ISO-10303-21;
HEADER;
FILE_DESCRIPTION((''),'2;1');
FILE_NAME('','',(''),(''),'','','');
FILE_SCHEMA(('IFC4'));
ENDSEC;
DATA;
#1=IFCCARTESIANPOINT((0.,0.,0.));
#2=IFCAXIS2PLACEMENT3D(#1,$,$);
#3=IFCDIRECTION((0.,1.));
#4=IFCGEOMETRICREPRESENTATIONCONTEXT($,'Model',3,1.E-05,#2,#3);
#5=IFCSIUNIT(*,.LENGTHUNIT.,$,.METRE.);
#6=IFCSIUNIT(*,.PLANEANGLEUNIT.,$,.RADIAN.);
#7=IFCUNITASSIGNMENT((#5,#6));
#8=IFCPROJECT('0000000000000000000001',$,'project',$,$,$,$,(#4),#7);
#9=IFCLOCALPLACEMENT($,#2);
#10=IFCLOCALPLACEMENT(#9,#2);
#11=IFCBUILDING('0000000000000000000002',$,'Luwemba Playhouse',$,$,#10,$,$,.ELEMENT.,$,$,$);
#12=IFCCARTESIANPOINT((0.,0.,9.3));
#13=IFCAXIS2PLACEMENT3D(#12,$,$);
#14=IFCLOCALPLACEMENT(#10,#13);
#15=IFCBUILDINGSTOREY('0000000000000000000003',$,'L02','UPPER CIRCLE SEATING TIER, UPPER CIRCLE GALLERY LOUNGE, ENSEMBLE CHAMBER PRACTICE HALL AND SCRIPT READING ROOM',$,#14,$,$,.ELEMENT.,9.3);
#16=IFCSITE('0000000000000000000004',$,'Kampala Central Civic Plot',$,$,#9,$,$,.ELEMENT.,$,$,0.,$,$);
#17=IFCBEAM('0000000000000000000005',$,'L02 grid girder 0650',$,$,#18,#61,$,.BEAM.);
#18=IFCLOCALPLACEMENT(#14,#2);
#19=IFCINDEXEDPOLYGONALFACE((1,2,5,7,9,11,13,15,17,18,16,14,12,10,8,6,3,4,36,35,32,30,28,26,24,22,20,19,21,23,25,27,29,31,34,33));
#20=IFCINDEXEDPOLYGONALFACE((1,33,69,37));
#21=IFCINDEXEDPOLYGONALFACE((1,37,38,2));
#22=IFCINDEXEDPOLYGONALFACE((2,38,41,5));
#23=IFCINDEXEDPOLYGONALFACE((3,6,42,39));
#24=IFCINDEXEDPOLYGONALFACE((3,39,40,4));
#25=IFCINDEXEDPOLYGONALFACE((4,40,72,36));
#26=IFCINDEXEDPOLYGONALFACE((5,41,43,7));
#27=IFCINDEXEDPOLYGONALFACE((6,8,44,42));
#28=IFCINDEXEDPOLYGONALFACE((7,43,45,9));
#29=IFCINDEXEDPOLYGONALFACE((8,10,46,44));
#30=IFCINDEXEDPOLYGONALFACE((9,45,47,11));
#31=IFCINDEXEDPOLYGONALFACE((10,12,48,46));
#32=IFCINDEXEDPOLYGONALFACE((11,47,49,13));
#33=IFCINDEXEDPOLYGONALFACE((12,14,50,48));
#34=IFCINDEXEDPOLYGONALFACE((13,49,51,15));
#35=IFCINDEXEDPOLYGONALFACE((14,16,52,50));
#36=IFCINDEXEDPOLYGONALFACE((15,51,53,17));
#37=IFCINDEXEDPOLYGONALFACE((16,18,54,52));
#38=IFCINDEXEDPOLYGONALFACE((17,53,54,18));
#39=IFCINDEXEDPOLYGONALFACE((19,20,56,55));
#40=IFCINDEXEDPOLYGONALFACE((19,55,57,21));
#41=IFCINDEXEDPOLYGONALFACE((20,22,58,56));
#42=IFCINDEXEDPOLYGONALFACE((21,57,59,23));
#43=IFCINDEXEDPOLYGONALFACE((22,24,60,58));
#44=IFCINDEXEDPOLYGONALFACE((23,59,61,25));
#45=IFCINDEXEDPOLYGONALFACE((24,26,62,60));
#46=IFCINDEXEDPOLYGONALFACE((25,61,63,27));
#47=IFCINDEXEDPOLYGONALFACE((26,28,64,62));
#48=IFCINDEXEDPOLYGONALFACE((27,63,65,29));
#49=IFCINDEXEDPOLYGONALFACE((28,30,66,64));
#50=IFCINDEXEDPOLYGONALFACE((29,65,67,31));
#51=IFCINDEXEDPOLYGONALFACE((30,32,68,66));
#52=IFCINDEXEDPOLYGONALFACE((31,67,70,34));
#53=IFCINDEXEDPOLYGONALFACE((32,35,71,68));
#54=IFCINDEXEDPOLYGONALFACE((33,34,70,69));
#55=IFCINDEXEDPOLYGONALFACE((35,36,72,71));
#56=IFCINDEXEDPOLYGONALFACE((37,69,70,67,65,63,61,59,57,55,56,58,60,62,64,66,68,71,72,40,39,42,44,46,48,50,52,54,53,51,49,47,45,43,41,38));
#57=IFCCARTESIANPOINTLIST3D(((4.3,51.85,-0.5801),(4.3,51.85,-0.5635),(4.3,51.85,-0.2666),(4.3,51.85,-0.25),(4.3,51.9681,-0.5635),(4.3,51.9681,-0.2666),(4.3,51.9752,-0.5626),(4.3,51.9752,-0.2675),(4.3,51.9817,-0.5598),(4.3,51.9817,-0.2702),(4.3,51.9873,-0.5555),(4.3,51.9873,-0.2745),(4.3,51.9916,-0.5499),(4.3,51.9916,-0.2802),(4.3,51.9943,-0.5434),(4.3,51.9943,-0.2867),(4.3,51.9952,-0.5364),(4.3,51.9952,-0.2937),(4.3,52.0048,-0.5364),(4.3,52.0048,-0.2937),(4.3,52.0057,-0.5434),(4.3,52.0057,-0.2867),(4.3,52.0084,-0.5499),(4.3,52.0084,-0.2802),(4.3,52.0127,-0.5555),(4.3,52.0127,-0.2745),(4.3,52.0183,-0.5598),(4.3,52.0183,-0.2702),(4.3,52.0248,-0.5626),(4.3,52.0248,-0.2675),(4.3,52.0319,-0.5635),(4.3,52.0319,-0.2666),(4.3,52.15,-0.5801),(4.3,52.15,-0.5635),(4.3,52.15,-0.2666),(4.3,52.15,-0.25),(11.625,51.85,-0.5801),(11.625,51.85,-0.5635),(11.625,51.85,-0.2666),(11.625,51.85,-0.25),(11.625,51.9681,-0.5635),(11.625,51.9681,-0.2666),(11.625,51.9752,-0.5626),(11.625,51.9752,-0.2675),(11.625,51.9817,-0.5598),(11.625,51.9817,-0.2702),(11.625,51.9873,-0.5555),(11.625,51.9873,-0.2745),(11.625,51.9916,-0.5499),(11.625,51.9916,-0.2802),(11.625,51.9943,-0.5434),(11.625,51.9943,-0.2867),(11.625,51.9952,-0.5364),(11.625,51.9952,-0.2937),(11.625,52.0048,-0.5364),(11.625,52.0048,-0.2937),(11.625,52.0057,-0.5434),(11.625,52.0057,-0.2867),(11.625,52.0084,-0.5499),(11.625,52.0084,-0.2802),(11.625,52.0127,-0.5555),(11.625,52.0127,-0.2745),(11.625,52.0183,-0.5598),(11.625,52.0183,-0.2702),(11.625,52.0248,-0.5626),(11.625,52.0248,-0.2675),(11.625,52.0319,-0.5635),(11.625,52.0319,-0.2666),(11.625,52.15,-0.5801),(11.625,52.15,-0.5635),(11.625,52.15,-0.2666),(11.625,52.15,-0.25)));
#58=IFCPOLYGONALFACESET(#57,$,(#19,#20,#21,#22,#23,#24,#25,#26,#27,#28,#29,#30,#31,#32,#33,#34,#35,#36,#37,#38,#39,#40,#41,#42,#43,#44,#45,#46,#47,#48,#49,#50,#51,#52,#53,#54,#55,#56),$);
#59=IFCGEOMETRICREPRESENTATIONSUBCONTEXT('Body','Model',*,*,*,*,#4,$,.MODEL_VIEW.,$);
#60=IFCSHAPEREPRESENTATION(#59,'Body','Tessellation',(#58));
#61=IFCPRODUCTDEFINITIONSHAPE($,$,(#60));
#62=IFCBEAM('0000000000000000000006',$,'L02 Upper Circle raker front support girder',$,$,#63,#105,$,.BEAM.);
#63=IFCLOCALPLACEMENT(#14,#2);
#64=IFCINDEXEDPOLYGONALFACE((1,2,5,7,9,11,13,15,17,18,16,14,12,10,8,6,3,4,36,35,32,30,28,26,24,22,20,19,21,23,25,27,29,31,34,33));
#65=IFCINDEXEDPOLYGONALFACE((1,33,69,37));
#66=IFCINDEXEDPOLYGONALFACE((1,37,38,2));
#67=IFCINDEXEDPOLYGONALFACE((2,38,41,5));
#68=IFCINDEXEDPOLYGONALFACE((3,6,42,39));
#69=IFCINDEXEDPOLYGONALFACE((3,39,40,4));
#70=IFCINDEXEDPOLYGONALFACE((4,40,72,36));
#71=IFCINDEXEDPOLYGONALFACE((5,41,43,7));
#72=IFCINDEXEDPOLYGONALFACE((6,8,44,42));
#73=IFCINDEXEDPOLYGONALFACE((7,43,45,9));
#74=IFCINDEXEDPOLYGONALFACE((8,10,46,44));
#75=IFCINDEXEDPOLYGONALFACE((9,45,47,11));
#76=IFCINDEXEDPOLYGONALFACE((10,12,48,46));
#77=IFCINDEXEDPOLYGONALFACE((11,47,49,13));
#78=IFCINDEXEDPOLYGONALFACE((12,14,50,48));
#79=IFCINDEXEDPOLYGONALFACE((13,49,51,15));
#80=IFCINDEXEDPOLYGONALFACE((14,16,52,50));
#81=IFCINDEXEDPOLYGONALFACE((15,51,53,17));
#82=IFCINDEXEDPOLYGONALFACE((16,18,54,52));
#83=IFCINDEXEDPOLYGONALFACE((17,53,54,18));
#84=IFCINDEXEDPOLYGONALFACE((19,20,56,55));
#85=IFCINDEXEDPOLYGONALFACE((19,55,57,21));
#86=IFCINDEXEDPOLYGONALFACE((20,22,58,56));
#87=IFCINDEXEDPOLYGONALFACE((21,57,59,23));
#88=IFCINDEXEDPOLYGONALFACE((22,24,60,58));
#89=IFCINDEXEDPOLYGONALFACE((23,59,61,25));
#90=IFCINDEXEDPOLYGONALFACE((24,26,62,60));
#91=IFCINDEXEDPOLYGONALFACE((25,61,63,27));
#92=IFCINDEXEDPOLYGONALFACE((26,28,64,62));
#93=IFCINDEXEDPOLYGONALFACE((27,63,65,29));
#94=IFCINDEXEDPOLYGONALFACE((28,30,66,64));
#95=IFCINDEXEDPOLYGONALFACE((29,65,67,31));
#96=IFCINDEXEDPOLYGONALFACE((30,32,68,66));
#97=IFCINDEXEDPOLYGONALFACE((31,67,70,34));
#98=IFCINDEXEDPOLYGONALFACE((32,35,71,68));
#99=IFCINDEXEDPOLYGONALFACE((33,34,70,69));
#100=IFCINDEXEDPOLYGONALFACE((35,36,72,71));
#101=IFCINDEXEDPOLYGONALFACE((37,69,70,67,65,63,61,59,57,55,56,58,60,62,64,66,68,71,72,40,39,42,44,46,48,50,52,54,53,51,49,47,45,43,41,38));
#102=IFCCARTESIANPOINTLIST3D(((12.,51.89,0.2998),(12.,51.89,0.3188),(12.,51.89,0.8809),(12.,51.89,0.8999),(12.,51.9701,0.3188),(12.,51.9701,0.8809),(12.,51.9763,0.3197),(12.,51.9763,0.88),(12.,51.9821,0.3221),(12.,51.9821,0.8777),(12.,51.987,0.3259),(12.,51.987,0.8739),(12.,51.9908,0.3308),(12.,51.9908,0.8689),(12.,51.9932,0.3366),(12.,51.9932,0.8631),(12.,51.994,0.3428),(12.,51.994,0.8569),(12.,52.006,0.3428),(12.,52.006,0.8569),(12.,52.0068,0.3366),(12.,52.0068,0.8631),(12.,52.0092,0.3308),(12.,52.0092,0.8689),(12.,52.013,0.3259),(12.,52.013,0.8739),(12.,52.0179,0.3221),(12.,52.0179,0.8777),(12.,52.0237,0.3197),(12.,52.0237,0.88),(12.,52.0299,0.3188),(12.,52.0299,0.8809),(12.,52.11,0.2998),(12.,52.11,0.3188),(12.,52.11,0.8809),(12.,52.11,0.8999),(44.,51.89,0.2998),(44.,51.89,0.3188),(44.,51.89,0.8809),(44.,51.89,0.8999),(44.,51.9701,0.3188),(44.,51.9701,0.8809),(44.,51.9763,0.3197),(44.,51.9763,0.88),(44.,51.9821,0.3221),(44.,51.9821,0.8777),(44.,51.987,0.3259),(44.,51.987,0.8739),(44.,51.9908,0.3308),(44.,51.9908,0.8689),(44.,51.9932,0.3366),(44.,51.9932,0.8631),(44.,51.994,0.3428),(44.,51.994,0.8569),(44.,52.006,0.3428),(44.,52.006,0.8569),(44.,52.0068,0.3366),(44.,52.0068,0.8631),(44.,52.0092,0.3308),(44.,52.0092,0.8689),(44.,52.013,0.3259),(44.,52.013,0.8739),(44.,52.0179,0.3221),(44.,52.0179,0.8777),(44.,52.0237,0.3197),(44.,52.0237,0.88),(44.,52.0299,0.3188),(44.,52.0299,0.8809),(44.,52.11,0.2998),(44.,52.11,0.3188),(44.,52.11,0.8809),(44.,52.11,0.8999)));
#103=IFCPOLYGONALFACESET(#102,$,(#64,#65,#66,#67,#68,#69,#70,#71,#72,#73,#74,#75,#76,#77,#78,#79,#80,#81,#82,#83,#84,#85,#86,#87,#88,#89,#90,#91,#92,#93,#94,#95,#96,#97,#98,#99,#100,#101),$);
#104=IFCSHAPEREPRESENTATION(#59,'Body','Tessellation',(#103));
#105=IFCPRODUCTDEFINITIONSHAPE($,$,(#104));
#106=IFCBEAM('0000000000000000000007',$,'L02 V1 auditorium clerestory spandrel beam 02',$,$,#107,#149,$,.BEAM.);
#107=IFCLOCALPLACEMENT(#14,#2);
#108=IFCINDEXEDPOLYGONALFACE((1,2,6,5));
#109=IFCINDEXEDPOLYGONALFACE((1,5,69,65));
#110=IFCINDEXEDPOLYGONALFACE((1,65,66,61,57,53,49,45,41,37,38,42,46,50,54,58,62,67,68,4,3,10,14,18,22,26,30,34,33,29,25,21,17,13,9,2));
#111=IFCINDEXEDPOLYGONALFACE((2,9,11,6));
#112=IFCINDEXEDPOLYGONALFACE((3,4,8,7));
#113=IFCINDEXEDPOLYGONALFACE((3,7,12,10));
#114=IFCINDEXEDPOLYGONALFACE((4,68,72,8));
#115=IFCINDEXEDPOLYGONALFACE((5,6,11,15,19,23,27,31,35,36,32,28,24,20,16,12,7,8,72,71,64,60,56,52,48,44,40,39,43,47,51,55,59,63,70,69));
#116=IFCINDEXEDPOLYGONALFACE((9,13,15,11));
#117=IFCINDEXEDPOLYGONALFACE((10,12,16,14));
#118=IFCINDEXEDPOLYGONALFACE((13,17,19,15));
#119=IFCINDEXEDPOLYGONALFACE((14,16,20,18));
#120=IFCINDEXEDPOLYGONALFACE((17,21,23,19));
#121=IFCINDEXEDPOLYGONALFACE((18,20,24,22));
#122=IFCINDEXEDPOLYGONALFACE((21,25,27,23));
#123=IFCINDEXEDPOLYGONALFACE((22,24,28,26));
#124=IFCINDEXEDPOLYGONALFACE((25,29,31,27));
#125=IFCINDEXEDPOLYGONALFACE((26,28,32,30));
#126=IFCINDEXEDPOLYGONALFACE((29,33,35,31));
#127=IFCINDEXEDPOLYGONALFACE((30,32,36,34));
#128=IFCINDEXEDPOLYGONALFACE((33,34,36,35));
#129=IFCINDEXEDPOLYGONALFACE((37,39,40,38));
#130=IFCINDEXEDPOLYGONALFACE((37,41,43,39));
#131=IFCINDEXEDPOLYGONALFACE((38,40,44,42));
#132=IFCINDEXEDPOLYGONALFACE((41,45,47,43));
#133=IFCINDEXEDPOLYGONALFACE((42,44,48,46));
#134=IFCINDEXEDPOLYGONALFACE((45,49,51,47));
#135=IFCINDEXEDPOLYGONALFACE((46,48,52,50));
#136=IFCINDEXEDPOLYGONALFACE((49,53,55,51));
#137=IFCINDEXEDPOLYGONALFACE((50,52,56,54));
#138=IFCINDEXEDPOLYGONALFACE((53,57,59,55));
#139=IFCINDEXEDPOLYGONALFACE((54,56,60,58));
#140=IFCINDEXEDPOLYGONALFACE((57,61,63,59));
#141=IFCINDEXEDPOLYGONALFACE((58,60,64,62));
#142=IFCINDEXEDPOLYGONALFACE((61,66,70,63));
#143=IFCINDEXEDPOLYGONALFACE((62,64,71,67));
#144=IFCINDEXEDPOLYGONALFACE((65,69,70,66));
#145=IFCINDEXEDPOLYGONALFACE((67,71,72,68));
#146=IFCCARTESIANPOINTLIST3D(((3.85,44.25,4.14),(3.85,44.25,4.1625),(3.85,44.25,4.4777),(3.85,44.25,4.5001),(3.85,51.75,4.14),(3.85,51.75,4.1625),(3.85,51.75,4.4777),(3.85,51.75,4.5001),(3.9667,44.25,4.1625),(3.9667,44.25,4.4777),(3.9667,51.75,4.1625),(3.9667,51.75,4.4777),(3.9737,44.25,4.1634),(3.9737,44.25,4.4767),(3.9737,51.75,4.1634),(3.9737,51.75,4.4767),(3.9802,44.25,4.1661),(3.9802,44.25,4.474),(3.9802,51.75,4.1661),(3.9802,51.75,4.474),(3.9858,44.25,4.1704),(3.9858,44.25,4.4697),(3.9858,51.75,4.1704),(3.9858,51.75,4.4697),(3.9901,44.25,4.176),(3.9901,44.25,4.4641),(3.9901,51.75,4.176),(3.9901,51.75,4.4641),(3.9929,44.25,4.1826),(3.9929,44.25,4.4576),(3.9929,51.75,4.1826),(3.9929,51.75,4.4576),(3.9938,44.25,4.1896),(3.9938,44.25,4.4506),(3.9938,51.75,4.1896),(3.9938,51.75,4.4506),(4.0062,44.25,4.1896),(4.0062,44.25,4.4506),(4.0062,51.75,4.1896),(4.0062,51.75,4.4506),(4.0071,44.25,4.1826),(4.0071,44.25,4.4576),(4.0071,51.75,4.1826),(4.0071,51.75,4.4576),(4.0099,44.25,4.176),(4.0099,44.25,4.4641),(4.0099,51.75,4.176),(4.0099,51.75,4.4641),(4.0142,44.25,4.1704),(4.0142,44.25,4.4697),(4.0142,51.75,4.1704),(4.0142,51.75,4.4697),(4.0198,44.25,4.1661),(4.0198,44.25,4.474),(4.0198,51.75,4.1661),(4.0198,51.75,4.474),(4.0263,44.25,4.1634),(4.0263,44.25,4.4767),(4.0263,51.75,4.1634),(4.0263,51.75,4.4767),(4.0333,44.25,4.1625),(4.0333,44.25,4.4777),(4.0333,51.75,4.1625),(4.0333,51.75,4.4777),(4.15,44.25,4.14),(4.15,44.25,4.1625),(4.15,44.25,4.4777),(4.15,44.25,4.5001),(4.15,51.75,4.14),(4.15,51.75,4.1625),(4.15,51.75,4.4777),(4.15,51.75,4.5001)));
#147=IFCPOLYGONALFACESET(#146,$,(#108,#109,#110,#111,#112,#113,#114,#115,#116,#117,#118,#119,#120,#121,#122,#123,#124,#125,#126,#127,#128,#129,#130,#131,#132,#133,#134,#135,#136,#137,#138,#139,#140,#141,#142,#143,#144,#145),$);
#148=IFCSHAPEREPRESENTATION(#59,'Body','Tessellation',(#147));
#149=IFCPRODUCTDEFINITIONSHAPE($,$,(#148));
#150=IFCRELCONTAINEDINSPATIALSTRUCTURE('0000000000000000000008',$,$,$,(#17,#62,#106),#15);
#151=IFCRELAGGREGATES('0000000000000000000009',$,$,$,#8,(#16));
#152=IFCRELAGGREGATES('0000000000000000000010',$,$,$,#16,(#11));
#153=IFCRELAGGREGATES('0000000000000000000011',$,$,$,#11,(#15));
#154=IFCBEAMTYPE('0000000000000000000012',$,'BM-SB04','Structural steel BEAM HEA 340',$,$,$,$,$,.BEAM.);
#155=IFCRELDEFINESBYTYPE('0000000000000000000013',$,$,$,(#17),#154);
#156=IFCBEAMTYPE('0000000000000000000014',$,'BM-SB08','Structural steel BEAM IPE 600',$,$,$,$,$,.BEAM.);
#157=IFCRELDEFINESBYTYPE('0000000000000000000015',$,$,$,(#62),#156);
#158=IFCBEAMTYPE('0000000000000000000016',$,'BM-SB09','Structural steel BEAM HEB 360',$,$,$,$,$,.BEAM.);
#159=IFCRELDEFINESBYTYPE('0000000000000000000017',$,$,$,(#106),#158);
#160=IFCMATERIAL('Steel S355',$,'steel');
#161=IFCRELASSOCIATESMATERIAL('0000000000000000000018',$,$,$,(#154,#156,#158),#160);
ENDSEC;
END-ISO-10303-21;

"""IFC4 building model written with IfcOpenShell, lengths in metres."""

from ifc_helpers import new_model, si_unit, direction, frame, origin, origin_2d, place, context, subcontext, project, spatial, i_section, extrude, material, material_profile, profile_set, type_object, element, save


model = new_model("IFC4")

# Units and contexts
model_context = context("Model", 3, precision=1e-05, world=origin(), true_north=direction((0.0, 1.0)))
body_context = subcontext(model_context, "Body", "Model", "MODEL_VIEW")
ifc_project = project(units=[si_unit("LENGTHUNIT", "METRE"), si_unit("PLANEANGLEUNIT", "RADIAN")], contexts=[model_context])

# Site, building, storey
site_placement = place(None, origin())
site = spatial("IfcSite", under=ifc_project, at=site_placement, Name="Kampala Central Civic Plot", CompositionType="ELEMENT", RefElevation=0.0)
building_placement = place(site_placement, origin())
building = spatial("IfcBuilding", under=site, at=building_placement, Name="Luwemba Playhouse", CompositionType="ELEMENT")
storey_placement = place(building_placement, frame((0.0, 0.0, 9.3)))
storey = spatial("IfcBuildingStorey", under=building, at=storey_placement, Name="L02", Description="UPPER CIRCLE SEATING TIER, UPPER CIRCLE GALLERY LOUNGE, ENSEMBLE CHAMBER PRACTICE HALL AND SCRIPT READING ROOM", CompositionType="ELEMENT", Elevation=9.3)

# Shared definitions
ifc_material_1 = material(Name="Steel S355", Category="steel")

# Beams
ifc_material_profile_1 = material_profile(ifc_material_1, i_section(OverallWidth=0.3, OverallDepth=0.3301, WebThickness=0.0095, FlangeThickness=0.0166, FilletRadius=0.0271, at=origin_2d()))
ifc_profile_set_1 = profile_set([ifc_material_profile_1], Name="Steel S355")
beam_type_1 = type_object("IfcBeamType", Name="BM-SB04", Description="Structural steel BEAM HEA 340", PredefinedType="BEAM", material=ifc_profile_set_1)
beam_1_placement = place(storey_placement, frame((4.3, 52.0, -0.415), z_axis=(1.0, 0.0, 0.0), x_axis=(0.0, 1.0, 0.0)))
element("IfcBeam", 1, at=beam_1_placement, inside=storey, type_object=beam_type_1, Name="L02 grid girder 0650", PredefinedType="BEAM", context=body_context, shape_type="SweptSolid", body=[
    extrude(i_section(OverallWidth=0.3, OverallDepth=0.3301, WebThickness=0.0095, FlangeThickness=0.0166, FilletRadius=0.0271, at=origin_2d()), origin(), (0.0, 0.0, 1.0), 7.325),
])
ifc_material_profile_2 = material_profile(ifc_material_1, i_section(OverallWidth=0.22, OverallDepth=0.6001, WebThickness=0.012, FlangeThickness=0.019, FilletRadius=0.0239, at=origin_2d()))
ifc_profile_set_2 = profile_set([ifc_material_profile_2], Name="Steel S355")
beam_type_2 = type_object("IfcBeamType", Name="BM-SB08", Description="Structural steel BEAM IPE 600", PredefinedType="BEAM", material=ifc_profile_set_2)
beam_2_placement = place(storey_placement, frame((12.0, 52.0, 0.5999), z_axis=(1.0, 0.0, 0.0), x_axis=(0.0, 1.0, 0.0)))
element("IfcBeam", 2, at=beam_2_placement, inside=storey, type_object=beam_type_2, Name="L02 Upper Circle raker front support girder", PredefinedType="BEAM", context=body_context, shape_type="SweptSolid", body=[
    extrude(i_section(OverallWidth=0.22, OverallDepth=0.6001, WebThickness=0.012, FlangeThickness=0.019, FilletRadius=0.0239, at=origin_2d()), origin(), (0.0, 0.0, 1.0), 32.0),
])
ifc_material_profile_3 = material_profile(ifc_material_1, i_section(OverallWidth=0.3, OverallDepth=0.3601, WebThickness=0.0125, FlangeThickness=0.0225, FilletRadius=0.0271, at=origin_2d()))
ifc_profile_set_3 = profile_set([ifc_material_profile_3], Name="Steel S355")
beam_type_3 = type_object("IfcBeamType", Name="BM-SB09", Description="Structural steel BEAM HEB 360", PredefinedType="BEAM", material=ifc_profile_set_3)
beam_3_placement = place(storey_placement, frame((4.0, 44.25, 4.3201), z_axis=(0.0, 1.0, 0.0), x_axis=(-1.0, 0.0, 0.0)))
element("IfcBeam", 3, at=beam_3_placement, inside=storey, type_object=beam_type_3, Name="L02 V1 auditorium clerestory spandrel beam 02", PredefinedType="BEAM", context=body_context, shape_type="SweptSolid", body=[
    extrude(i_section(OverallWidth=0.3, OverallDepth=0.3601, WebThickness=0.0125, FlangeThickness=0.0225, FilletRadius=0.0271, at=origin_2d()), origin(), (0.0, 0.0, 1.0), 7.5),
])

save(model, "model.ifc")
